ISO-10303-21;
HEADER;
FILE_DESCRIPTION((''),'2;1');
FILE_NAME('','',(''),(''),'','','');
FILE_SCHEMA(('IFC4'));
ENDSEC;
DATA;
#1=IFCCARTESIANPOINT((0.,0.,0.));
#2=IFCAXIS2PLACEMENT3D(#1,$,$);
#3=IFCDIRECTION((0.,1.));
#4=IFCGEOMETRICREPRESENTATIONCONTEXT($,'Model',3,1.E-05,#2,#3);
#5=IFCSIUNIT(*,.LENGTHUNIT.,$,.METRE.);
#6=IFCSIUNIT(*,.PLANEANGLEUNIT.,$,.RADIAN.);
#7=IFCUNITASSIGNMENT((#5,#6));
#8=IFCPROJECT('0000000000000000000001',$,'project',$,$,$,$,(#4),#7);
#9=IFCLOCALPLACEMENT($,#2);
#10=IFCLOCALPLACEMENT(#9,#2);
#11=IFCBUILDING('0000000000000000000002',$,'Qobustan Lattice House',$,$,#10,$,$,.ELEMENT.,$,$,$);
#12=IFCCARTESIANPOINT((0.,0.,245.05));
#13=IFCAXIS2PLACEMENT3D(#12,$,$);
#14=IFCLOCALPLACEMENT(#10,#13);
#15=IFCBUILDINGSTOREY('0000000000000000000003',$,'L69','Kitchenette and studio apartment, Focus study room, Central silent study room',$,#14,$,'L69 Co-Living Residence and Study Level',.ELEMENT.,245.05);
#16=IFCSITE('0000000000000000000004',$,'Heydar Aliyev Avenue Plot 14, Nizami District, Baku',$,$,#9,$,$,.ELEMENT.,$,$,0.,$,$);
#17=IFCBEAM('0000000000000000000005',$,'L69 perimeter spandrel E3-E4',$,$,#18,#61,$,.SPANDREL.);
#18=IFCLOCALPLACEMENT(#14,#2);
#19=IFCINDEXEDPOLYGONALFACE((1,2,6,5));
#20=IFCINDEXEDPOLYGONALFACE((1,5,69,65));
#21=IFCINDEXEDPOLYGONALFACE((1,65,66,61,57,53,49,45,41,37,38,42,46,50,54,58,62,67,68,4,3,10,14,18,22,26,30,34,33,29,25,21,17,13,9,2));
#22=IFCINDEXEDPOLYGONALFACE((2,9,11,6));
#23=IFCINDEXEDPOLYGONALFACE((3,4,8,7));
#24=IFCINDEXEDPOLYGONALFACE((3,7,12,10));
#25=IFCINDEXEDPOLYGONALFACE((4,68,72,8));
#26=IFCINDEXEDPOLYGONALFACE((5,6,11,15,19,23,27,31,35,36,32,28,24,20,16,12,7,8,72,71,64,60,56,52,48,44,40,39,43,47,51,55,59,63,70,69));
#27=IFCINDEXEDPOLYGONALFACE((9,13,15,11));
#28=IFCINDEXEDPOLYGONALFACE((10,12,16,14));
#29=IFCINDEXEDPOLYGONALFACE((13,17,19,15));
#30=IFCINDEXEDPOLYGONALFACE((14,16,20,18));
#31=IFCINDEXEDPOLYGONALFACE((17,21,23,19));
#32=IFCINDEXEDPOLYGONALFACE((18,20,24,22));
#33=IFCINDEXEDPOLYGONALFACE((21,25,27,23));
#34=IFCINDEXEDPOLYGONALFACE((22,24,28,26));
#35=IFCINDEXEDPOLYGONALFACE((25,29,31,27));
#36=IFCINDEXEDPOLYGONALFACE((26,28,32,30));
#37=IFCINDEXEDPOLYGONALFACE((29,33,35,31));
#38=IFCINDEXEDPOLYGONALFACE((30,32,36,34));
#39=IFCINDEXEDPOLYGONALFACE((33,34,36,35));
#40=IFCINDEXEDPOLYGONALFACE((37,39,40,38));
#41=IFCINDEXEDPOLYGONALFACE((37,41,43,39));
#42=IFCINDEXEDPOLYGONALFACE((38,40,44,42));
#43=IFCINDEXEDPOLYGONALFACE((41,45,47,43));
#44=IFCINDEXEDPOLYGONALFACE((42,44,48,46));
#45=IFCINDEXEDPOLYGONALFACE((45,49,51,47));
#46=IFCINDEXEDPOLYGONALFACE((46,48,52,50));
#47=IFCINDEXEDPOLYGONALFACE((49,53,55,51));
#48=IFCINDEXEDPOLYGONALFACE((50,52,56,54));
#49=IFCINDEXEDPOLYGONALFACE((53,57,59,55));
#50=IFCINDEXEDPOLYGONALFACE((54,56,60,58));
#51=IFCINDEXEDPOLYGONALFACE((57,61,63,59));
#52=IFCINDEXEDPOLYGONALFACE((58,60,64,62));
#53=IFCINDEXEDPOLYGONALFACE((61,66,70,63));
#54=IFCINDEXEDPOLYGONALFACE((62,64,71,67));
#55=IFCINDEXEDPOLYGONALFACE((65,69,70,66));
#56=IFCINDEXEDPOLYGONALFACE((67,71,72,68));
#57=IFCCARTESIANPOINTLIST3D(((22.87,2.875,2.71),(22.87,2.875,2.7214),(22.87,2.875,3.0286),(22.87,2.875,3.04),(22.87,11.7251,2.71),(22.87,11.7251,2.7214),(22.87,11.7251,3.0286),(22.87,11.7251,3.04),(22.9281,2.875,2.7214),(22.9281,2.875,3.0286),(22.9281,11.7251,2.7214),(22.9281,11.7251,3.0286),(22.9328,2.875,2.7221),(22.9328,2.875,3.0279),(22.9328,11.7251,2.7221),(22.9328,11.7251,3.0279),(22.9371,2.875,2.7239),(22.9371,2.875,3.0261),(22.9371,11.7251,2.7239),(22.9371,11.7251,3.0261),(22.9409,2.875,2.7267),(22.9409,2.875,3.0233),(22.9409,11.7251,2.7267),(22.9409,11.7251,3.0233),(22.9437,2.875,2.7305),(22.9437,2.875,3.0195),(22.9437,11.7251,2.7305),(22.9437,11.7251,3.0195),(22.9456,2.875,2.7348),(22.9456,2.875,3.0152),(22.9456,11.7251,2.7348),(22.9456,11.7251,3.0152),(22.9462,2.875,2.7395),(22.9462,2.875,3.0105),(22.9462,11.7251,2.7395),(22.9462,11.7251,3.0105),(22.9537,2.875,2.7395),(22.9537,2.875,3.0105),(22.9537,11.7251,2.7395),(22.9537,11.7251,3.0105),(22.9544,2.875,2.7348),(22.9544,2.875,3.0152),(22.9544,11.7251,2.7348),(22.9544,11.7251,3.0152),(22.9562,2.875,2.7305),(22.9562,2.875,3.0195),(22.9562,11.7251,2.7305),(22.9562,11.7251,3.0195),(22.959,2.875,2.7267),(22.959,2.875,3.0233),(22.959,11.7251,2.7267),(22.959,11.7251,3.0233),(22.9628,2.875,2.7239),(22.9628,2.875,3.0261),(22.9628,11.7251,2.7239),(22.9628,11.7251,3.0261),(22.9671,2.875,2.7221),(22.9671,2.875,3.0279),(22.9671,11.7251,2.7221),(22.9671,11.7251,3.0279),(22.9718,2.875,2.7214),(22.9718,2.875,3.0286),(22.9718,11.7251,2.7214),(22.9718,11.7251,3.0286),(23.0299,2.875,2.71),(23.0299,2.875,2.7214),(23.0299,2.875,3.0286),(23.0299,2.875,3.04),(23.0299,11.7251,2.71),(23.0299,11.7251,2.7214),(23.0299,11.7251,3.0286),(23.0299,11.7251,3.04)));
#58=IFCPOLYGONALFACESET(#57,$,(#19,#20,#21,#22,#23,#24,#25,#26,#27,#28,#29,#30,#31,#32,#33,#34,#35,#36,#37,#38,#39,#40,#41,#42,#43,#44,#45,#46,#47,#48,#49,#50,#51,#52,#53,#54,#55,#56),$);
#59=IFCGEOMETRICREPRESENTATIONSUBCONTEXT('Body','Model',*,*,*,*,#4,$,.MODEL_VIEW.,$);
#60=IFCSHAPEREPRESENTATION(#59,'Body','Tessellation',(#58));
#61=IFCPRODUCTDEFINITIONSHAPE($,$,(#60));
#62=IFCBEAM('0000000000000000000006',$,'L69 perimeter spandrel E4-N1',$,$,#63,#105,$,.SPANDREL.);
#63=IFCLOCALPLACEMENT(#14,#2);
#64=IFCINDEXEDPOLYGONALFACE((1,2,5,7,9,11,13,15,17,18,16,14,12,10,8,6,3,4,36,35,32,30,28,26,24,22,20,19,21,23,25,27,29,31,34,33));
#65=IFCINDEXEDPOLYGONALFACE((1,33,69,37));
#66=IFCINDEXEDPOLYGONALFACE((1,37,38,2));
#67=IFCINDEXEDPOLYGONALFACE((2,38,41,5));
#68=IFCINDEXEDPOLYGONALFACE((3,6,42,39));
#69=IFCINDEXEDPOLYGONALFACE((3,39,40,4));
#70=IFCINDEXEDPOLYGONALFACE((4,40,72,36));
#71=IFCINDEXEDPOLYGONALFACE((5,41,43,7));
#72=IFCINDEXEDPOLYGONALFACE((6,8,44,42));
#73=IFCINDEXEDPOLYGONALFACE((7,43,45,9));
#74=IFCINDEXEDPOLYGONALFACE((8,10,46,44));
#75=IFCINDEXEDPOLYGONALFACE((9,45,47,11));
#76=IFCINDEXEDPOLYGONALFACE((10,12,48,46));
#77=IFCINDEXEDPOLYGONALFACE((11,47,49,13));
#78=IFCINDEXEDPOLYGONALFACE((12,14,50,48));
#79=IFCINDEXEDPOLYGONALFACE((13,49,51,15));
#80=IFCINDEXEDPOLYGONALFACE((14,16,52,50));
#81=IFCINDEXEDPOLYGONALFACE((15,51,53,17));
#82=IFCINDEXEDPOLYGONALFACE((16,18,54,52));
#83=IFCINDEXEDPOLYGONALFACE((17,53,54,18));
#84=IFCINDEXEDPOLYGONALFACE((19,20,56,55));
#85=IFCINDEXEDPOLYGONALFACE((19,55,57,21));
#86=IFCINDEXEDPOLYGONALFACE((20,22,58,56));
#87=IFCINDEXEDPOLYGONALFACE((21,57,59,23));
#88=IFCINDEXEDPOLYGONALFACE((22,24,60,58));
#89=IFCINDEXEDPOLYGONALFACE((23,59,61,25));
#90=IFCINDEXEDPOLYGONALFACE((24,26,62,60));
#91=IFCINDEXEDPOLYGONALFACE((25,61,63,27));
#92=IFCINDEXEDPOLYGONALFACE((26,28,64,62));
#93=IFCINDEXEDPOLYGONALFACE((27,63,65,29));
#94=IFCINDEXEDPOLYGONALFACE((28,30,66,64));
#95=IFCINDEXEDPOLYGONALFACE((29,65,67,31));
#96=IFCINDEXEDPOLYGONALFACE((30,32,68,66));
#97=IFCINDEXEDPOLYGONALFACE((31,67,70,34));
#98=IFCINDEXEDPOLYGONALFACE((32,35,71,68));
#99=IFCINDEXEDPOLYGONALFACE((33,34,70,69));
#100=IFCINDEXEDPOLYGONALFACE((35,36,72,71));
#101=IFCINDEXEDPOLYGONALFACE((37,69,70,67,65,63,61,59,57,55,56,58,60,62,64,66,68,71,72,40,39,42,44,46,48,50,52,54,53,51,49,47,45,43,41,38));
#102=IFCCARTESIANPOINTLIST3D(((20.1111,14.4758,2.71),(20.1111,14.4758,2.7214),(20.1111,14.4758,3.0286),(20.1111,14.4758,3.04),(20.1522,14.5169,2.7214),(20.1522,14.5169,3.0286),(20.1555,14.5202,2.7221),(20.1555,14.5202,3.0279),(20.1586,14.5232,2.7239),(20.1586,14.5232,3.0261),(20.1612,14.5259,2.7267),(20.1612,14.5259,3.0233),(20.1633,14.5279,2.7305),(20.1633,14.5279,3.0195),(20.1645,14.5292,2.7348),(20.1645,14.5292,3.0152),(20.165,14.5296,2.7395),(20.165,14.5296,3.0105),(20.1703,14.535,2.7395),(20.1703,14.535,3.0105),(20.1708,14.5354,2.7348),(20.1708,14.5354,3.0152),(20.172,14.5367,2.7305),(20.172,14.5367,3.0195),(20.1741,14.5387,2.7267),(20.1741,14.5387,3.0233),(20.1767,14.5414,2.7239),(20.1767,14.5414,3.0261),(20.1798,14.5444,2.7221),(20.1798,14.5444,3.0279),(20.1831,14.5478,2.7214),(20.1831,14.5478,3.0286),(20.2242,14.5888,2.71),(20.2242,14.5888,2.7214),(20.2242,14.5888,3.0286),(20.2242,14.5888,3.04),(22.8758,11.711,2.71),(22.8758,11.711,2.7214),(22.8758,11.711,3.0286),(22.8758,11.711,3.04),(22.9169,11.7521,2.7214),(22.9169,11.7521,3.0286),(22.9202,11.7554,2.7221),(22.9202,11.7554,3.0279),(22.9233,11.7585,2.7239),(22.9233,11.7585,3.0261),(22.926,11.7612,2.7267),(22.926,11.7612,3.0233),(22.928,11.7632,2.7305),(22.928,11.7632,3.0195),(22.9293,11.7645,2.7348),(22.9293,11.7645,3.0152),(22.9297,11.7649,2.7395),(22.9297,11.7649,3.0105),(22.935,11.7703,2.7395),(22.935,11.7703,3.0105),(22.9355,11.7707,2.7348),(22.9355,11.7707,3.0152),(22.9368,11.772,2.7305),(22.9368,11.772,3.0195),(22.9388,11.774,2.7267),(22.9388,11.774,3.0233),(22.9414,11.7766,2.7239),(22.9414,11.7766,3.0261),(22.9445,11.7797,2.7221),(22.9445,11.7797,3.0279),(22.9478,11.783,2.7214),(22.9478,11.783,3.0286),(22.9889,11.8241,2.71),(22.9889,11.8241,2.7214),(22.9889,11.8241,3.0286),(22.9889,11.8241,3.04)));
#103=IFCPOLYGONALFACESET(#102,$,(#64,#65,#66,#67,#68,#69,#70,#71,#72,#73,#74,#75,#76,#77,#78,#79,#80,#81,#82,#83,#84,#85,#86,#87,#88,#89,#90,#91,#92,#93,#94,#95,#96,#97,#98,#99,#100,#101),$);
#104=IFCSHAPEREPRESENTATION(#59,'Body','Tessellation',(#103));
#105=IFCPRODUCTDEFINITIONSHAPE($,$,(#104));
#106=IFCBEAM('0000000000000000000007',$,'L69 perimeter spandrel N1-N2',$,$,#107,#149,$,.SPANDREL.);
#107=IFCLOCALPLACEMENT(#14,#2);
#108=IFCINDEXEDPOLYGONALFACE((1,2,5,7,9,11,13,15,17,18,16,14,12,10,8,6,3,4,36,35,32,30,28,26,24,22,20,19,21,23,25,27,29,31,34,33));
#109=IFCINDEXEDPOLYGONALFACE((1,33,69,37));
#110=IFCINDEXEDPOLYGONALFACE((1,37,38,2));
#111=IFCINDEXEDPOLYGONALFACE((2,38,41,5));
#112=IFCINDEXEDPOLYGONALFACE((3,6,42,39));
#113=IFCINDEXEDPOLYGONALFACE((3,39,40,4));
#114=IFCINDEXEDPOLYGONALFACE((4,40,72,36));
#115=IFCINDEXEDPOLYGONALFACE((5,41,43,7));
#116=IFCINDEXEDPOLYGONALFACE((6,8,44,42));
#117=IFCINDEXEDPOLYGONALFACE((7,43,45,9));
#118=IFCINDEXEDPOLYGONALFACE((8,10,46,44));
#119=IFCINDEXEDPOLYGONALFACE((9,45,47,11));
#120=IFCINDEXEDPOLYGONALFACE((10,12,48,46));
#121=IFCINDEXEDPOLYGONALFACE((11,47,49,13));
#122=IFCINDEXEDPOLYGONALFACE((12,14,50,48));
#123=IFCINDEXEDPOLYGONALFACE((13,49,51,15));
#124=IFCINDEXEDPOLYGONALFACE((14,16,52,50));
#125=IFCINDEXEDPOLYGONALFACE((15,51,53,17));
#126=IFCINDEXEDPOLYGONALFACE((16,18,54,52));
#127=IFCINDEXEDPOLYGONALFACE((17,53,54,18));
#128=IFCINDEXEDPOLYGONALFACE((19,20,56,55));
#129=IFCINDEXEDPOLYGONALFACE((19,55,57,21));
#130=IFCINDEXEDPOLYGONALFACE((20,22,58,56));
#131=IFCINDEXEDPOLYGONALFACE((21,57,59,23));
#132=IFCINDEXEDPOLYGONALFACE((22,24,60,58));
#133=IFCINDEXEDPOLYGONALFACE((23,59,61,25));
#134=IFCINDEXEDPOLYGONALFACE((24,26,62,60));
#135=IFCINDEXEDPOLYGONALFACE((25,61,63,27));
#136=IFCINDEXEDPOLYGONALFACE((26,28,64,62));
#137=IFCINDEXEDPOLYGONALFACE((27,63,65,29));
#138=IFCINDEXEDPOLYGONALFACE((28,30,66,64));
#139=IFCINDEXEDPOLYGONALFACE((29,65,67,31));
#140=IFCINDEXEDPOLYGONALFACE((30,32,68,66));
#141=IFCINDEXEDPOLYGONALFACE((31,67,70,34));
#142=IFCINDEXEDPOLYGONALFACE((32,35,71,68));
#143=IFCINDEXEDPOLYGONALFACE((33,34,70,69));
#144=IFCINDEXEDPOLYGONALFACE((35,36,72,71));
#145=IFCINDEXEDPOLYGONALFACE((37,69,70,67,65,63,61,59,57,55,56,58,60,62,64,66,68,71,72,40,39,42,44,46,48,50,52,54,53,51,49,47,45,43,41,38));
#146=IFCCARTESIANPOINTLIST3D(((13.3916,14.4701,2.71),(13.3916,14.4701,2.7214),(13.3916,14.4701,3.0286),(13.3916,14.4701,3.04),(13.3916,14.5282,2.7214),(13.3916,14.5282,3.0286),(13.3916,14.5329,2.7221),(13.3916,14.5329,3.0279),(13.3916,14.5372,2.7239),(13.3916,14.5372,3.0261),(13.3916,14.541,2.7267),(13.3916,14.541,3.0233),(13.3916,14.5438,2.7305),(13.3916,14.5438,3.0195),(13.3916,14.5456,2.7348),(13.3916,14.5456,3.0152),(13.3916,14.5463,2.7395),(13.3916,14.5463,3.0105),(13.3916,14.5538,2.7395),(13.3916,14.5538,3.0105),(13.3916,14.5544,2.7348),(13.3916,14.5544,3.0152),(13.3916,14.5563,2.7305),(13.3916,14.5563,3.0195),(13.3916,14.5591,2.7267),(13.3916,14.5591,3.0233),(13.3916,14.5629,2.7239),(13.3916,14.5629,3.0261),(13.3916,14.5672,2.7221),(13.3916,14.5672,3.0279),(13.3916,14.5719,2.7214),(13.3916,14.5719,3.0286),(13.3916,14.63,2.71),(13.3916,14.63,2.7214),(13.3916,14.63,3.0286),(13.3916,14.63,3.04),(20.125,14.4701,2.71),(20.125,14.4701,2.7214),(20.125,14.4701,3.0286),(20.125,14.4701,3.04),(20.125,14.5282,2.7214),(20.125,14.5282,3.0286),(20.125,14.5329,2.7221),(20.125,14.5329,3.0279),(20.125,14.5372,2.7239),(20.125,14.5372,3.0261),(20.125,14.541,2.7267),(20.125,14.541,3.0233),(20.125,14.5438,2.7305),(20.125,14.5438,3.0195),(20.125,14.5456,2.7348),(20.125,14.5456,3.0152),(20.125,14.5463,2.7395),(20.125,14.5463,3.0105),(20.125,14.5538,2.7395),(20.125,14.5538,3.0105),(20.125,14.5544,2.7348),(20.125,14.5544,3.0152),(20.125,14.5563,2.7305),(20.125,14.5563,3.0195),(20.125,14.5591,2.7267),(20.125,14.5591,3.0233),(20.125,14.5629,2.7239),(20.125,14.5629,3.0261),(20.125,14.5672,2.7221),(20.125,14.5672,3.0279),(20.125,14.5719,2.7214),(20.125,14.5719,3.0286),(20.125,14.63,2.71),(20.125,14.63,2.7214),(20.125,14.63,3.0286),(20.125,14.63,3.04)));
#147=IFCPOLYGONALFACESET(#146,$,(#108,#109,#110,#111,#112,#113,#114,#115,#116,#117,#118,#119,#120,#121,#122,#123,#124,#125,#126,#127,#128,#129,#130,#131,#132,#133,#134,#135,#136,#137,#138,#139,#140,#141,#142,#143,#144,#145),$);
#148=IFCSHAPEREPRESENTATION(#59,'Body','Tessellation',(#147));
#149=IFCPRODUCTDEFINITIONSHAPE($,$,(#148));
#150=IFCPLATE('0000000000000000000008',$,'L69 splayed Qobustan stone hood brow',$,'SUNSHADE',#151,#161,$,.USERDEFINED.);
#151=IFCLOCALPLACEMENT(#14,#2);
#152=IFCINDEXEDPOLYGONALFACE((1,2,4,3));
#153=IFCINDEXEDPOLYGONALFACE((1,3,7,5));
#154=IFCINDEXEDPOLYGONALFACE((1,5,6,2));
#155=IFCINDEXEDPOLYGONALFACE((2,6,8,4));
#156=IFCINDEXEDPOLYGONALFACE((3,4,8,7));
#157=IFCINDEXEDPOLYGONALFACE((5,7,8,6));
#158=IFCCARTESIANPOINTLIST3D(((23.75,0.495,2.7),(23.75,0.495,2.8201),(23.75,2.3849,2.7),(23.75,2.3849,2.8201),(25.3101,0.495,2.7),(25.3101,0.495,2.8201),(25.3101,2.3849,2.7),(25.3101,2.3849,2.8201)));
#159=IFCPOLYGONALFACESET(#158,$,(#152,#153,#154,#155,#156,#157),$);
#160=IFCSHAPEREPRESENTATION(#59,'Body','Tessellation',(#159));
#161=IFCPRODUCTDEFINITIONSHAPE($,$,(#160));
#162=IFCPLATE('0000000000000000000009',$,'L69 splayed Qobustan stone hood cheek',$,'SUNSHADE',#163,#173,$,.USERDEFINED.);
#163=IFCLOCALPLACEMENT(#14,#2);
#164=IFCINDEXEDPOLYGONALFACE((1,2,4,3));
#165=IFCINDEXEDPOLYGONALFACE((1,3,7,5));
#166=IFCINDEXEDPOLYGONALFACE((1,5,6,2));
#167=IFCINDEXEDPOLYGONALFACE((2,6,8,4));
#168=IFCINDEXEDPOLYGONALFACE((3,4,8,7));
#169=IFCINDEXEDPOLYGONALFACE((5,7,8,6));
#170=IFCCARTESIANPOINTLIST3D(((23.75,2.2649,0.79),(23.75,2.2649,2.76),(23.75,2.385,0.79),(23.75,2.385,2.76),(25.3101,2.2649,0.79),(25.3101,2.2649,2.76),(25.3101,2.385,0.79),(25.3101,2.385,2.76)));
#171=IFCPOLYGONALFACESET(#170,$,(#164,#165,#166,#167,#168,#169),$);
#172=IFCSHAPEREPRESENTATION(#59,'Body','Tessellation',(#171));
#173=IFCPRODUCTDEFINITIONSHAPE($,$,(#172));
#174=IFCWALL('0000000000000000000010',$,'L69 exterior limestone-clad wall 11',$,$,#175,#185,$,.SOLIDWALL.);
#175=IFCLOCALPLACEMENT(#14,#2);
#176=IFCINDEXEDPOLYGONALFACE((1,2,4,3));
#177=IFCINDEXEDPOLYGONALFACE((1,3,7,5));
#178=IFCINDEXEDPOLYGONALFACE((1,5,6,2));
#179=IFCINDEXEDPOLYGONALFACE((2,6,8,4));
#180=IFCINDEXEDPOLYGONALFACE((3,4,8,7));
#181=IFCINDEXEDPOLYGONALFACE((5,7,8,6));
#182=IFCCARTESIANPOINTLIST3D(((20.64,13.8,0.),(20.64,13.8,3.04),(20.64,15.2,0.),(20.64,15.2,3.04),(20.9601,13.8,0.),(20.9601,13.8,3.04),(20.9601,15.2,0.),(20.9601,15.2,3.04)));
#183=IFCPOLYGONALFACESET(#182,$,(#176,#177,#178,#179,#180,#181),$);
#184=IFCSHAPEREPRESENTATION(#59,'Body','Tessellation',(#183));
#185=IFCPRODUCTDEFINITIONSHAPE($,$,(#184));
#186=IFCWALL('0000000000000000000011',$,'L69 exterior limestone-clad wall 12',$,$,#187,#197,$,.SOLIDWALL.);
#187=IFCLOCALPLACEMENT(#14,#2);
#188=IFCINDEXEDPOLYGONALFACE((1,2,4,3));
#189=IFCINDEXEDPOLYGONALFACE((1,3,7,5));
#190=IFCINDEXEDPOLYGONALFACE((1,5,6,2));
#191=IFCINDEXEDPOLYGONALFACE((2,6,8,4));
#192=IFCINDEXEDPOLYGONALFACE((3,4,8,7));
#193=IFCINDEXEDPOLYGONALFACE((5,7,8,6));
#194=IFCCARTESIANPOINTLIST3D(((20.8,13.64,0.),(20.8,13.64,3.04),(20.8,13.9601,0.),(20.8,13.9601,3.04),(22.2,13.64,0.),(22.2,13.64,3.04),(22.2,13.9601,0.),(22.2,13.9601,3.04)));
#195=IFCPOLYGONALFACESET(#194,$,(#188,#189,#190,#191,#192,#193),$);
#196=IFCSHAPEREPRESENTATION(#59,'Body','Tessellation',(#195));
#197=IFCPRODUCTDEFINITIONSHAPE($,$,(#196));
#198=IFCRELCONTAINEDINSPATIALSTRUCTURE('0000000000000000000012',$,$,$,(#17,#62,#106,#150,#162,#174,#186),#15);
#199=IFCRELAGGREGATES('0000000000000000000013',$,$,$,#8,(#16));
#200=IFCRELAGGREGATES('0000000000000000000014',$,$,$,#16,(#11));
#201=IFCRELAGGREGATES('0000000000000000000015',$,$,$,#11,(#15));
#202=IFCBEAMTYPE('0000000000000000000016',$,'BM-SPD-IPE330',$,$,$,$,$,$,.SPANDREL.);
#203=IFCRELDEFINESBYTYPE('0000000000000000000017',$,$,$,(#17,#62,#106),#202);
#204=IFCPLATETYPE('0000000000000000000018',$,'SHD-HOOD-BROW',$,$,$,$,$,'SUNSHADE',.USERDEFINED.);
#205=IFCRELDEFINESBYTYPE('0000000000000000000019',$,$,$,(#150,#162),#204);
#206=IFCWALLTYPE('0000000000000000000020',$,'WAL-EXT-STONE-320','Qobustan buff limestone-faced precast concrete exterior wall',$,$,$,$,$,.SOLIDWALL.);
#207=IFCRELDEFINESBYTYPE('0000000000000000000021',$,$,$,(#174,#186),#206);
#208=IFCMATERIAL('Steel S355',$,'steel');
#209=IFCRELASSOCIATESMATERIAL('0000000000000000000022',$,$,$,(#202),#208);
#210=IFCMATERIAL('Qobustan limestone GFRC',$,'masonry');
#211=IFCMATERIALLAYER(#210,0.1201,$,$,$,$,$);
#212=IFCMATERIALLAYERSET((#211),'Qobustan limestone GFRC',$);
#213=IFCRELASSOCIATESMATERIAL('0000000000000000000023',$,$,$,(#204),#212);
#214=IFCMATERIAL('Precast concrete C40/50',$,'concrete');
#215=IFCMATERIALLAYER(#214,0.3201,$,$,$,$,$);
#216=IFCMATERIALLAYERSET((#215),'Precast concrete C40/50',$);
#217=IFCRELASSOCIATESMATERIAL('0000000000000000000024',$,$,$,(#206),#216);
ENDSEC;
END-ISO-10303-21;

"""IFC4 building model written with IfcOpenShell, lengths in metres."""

from ifc_helpers import new_model, si_unit, direction, frame, frame_2d, origin, origin_2d, place, context, subcontext, project, spatial, rectangle, i_section, extrude, material, layer, layer_set, material_profile, profile_set, type_object, element, save


model = new_model("IFC4")

# Units and contexts
model_context = context("Model", 3, precision=1e-05, world=origin(), true_north=direction((0.0, 1.0)))
body_context = subcontext(model_context, "Body", "Model", "MODEL_VIEW")
ifc_project = project(units=[si_unit("LENGTHUNIT", "METRE"), si_unit("PLANEANGLEUNIT", "RADIAN")], contexts=[model_context])

# Site, building, storey
site_placement = place(None, origin())
site = spatial("IfcSite", under=ifc_project, at=site_placement, Name="Heydar Aliyev Avenue Plot 14, Nizami District, Baku", CompositionType="ELEMENT", RefElevation=0.0)
building_placement = place(site_placement, origin())
building = spatial("IfcBuilding", under=site, at=building_placement, Name="Qobustan Lattice House", CompositionType="ELEMENT")
storey_placement = place(building_placement, frame((0.0, 0.0, 245.05)))
storey = spatial("IfcBuildingStorey", under=building, at=storey_placement, Name="L69", Description="Kitchenette and studio apartment, Focus study room, Central silent study room", LongName="L69 Co-Living Residence and Study Level", CompositionType="ELEMENT", Elevation=245.05)

# Beams
ifc_material_1 = material(Name="Steel S355", Category="steel")
ifc_material_profile_1 = material_profile(ifc_material_1, i_section(OverallWidth=0.1599, OverallDepth=0.3301, WebThickness=0.0076, FlangeThickness=0.0115, FilletRadius=0.0181, at=origin_2d()), Name="IPE330")
ifc_profile_set_1 = profile_set([ifc_material_profile_1], Name="Steel S355")
beam_type_1 = type_object("IfcBeamType", Name="BM-SPD-IPE330", PredefinedType="SPANDREL", material=ifc_profile_set_1)
beam_1_placement = place(storey_placement, frame((22.95, 2.875, 2.875), z_axis=(0.0, 1.0, 0.0), x_axis=(-1.0, 0.0, 0.0)))
element("IfcBeam", 1, at=beam_1_placement, inside=storey, type_object=beam_type_1, Name="L69 perimeter spandrel E3-E4", PredefinedType="SPANDREL", context=body_context, shape_type="SweptSolid", body=[
    extrude(i_section(OverallWidth=0.1599, OverallDepth=0.3301, WebThickness=0.0076, FlangeThickness=0.0115, FilletRadius=0.0181, at=origin_2d()), origin(), (0.0, 0.0, 1.0), 8.8501),
])
beam_2_placement = place(storey_placement, frame((22.9324, 11.7676, 2.875), z_axis=(-0.707107, 0.707107, 0.0), x_axis=(-0.707107, -0.707107, 0.0)))
element("IfcBeam", 2, at=beam_2_placement, inside=storey, type_object=beam_type_1, Name="L69 perimeter spandrel E4-N1", PredefinedType="SPANDREL", context=body_context, shape_type="SweptSolid", body=[
    extrude(i_section(OverallWidth=0.1599, OverallDepth=0.3301, WebThickness=0.0076, FlangeThickness=0.0115, FilletRadius=0.0181, at=origin_2d()), origin(), (0.0, 0.0, 1.0), 3.9099),
])
beam_3_placement = place(storey_placement, frame((20.125, 14.55, 2.875), z_axis=(-1.0, 0.0, 0.0), x_axis=(0.0, -1.0, 0.0)))
element("IfcBeam", 3, at=beam_3_placement, inside=storey, type_object=beam_type_1, Name="L69 perimeter spandrel N1-N2", PredefinedType="SPANDREL", context=body_context, shape_type="SweptSolid", body=[
    extrude(i_section(OverallWidth=0.1599, OverallDepth=0.3301, WebThickness=0.0076, FlangeThickness=0.0115, FilletRadius=0.0181, at=origin_2d()), origin(), (0.0, 0.0, 1.0), 6.7334),
])

# Plates
ifc_material_2 = material(Name="Qobustan limestone GFRC", Category="masonry")
ifc_layer_1 = layer(ifc_material_2, 0.1201)
ifc_layer_set_1 = layer_set([ifc_layer_1], Name="Qobustan limestone GFRC")
plate_type = type_object("IfcPlateType", Name="SHD-HOOD-BROW", ElementType="SUNSHADE", PredefinedType="USERDEFINED", material=ifc_layer_set_1)
plate_1_placement = place(storey_placement, frame((24.53, 1.4399, 2.7), z_axis=(0.0, 0.0, 1.0), x_axis=(0.0, -1.0, 0.0)))
element("IfcPlate", 4, at=plate_1_placement, inside=storey, type_object=plate_type, Name="L69 splayed Qobustan stone hood brow", ObjectType="SUNSHADE", PredefinedType="USERDEFINED", context=body_context, shape_type="SweptSolid", body=[
    extrude(rectangle(XDim=1.8899, YDim=1.5601, at=origin_2d()), origin(), (0.0, 0.0, 1.0), 0.1201),
])
plate_2_placement = place(storey_placement, frame((24.53, 2.325, 0.79), z_axis=(0.0, 0.0, 1.0), x_axis=(0.0, -1.0, 0.0)))
element("IfcPlate", 5, at=plate_2_placement, inside=storey, type_object=plate_type, Name="L69 splayed Qobustan stone hood cheek", ObjectType="SUNSHADE", PredefinedType="USERDEFINED", context=body_context, shape_type="SweptSolid", body=[
    extrude(rectangle(XDim=0.1201, YDim=1.5601, at=origin_2d()), origin(), (0.0, 0.0, 1.0), 1.97),
])

# Walls
ifc_material_3 = material(Name="Precast concrete C40/50", Category="concrete")
ifc_layer_2 = layer(ifc_material_3, 0.3201)
ifc_layer_set_2 = layer_set([ifc_layer_2], Name="Precast concrete C40/50")
wall_type_1 = type_object("IfcWallType", Name="WAL-EXT-STONE-320", Description="Qobustan buff limestone-faced precast concrete exterior wall", PredefinedType="SOLIDWALL", material=ifc_layer_set_2)
for number, where, z_axis, x_axis, name in (
    (6, (20.8, 15.2, 0.0), (0.0, 0.0, 1.0), (0.0, -1.0, 0.0), "L69 exterior limestone-clad wall 11"),
    (7, (20.8, 13.8, 0.0), (0.0, 0.0, 1.0), (1.0, 0.0, 0.0), "L69 exterior limestone-clad wall 12"),
):
    element("IfcWall", number, at=place(storey_placement, frame(where, z_axis=z_axis, x_axis=x_axis)), inside=storey, type_object=wall_type_1, Name=name, PredefinedType="SOLIDWALL", context=body_context, shape_type="SweptSolid", body=[
        extrude(rectangle(XDim=1.3999, YDim=0.3201, at=frame_2d((0.7, 0.0))), origin(), (0.0, 0.0, 1.0), 3.04),
    ])

save(model, "model.ifc")
